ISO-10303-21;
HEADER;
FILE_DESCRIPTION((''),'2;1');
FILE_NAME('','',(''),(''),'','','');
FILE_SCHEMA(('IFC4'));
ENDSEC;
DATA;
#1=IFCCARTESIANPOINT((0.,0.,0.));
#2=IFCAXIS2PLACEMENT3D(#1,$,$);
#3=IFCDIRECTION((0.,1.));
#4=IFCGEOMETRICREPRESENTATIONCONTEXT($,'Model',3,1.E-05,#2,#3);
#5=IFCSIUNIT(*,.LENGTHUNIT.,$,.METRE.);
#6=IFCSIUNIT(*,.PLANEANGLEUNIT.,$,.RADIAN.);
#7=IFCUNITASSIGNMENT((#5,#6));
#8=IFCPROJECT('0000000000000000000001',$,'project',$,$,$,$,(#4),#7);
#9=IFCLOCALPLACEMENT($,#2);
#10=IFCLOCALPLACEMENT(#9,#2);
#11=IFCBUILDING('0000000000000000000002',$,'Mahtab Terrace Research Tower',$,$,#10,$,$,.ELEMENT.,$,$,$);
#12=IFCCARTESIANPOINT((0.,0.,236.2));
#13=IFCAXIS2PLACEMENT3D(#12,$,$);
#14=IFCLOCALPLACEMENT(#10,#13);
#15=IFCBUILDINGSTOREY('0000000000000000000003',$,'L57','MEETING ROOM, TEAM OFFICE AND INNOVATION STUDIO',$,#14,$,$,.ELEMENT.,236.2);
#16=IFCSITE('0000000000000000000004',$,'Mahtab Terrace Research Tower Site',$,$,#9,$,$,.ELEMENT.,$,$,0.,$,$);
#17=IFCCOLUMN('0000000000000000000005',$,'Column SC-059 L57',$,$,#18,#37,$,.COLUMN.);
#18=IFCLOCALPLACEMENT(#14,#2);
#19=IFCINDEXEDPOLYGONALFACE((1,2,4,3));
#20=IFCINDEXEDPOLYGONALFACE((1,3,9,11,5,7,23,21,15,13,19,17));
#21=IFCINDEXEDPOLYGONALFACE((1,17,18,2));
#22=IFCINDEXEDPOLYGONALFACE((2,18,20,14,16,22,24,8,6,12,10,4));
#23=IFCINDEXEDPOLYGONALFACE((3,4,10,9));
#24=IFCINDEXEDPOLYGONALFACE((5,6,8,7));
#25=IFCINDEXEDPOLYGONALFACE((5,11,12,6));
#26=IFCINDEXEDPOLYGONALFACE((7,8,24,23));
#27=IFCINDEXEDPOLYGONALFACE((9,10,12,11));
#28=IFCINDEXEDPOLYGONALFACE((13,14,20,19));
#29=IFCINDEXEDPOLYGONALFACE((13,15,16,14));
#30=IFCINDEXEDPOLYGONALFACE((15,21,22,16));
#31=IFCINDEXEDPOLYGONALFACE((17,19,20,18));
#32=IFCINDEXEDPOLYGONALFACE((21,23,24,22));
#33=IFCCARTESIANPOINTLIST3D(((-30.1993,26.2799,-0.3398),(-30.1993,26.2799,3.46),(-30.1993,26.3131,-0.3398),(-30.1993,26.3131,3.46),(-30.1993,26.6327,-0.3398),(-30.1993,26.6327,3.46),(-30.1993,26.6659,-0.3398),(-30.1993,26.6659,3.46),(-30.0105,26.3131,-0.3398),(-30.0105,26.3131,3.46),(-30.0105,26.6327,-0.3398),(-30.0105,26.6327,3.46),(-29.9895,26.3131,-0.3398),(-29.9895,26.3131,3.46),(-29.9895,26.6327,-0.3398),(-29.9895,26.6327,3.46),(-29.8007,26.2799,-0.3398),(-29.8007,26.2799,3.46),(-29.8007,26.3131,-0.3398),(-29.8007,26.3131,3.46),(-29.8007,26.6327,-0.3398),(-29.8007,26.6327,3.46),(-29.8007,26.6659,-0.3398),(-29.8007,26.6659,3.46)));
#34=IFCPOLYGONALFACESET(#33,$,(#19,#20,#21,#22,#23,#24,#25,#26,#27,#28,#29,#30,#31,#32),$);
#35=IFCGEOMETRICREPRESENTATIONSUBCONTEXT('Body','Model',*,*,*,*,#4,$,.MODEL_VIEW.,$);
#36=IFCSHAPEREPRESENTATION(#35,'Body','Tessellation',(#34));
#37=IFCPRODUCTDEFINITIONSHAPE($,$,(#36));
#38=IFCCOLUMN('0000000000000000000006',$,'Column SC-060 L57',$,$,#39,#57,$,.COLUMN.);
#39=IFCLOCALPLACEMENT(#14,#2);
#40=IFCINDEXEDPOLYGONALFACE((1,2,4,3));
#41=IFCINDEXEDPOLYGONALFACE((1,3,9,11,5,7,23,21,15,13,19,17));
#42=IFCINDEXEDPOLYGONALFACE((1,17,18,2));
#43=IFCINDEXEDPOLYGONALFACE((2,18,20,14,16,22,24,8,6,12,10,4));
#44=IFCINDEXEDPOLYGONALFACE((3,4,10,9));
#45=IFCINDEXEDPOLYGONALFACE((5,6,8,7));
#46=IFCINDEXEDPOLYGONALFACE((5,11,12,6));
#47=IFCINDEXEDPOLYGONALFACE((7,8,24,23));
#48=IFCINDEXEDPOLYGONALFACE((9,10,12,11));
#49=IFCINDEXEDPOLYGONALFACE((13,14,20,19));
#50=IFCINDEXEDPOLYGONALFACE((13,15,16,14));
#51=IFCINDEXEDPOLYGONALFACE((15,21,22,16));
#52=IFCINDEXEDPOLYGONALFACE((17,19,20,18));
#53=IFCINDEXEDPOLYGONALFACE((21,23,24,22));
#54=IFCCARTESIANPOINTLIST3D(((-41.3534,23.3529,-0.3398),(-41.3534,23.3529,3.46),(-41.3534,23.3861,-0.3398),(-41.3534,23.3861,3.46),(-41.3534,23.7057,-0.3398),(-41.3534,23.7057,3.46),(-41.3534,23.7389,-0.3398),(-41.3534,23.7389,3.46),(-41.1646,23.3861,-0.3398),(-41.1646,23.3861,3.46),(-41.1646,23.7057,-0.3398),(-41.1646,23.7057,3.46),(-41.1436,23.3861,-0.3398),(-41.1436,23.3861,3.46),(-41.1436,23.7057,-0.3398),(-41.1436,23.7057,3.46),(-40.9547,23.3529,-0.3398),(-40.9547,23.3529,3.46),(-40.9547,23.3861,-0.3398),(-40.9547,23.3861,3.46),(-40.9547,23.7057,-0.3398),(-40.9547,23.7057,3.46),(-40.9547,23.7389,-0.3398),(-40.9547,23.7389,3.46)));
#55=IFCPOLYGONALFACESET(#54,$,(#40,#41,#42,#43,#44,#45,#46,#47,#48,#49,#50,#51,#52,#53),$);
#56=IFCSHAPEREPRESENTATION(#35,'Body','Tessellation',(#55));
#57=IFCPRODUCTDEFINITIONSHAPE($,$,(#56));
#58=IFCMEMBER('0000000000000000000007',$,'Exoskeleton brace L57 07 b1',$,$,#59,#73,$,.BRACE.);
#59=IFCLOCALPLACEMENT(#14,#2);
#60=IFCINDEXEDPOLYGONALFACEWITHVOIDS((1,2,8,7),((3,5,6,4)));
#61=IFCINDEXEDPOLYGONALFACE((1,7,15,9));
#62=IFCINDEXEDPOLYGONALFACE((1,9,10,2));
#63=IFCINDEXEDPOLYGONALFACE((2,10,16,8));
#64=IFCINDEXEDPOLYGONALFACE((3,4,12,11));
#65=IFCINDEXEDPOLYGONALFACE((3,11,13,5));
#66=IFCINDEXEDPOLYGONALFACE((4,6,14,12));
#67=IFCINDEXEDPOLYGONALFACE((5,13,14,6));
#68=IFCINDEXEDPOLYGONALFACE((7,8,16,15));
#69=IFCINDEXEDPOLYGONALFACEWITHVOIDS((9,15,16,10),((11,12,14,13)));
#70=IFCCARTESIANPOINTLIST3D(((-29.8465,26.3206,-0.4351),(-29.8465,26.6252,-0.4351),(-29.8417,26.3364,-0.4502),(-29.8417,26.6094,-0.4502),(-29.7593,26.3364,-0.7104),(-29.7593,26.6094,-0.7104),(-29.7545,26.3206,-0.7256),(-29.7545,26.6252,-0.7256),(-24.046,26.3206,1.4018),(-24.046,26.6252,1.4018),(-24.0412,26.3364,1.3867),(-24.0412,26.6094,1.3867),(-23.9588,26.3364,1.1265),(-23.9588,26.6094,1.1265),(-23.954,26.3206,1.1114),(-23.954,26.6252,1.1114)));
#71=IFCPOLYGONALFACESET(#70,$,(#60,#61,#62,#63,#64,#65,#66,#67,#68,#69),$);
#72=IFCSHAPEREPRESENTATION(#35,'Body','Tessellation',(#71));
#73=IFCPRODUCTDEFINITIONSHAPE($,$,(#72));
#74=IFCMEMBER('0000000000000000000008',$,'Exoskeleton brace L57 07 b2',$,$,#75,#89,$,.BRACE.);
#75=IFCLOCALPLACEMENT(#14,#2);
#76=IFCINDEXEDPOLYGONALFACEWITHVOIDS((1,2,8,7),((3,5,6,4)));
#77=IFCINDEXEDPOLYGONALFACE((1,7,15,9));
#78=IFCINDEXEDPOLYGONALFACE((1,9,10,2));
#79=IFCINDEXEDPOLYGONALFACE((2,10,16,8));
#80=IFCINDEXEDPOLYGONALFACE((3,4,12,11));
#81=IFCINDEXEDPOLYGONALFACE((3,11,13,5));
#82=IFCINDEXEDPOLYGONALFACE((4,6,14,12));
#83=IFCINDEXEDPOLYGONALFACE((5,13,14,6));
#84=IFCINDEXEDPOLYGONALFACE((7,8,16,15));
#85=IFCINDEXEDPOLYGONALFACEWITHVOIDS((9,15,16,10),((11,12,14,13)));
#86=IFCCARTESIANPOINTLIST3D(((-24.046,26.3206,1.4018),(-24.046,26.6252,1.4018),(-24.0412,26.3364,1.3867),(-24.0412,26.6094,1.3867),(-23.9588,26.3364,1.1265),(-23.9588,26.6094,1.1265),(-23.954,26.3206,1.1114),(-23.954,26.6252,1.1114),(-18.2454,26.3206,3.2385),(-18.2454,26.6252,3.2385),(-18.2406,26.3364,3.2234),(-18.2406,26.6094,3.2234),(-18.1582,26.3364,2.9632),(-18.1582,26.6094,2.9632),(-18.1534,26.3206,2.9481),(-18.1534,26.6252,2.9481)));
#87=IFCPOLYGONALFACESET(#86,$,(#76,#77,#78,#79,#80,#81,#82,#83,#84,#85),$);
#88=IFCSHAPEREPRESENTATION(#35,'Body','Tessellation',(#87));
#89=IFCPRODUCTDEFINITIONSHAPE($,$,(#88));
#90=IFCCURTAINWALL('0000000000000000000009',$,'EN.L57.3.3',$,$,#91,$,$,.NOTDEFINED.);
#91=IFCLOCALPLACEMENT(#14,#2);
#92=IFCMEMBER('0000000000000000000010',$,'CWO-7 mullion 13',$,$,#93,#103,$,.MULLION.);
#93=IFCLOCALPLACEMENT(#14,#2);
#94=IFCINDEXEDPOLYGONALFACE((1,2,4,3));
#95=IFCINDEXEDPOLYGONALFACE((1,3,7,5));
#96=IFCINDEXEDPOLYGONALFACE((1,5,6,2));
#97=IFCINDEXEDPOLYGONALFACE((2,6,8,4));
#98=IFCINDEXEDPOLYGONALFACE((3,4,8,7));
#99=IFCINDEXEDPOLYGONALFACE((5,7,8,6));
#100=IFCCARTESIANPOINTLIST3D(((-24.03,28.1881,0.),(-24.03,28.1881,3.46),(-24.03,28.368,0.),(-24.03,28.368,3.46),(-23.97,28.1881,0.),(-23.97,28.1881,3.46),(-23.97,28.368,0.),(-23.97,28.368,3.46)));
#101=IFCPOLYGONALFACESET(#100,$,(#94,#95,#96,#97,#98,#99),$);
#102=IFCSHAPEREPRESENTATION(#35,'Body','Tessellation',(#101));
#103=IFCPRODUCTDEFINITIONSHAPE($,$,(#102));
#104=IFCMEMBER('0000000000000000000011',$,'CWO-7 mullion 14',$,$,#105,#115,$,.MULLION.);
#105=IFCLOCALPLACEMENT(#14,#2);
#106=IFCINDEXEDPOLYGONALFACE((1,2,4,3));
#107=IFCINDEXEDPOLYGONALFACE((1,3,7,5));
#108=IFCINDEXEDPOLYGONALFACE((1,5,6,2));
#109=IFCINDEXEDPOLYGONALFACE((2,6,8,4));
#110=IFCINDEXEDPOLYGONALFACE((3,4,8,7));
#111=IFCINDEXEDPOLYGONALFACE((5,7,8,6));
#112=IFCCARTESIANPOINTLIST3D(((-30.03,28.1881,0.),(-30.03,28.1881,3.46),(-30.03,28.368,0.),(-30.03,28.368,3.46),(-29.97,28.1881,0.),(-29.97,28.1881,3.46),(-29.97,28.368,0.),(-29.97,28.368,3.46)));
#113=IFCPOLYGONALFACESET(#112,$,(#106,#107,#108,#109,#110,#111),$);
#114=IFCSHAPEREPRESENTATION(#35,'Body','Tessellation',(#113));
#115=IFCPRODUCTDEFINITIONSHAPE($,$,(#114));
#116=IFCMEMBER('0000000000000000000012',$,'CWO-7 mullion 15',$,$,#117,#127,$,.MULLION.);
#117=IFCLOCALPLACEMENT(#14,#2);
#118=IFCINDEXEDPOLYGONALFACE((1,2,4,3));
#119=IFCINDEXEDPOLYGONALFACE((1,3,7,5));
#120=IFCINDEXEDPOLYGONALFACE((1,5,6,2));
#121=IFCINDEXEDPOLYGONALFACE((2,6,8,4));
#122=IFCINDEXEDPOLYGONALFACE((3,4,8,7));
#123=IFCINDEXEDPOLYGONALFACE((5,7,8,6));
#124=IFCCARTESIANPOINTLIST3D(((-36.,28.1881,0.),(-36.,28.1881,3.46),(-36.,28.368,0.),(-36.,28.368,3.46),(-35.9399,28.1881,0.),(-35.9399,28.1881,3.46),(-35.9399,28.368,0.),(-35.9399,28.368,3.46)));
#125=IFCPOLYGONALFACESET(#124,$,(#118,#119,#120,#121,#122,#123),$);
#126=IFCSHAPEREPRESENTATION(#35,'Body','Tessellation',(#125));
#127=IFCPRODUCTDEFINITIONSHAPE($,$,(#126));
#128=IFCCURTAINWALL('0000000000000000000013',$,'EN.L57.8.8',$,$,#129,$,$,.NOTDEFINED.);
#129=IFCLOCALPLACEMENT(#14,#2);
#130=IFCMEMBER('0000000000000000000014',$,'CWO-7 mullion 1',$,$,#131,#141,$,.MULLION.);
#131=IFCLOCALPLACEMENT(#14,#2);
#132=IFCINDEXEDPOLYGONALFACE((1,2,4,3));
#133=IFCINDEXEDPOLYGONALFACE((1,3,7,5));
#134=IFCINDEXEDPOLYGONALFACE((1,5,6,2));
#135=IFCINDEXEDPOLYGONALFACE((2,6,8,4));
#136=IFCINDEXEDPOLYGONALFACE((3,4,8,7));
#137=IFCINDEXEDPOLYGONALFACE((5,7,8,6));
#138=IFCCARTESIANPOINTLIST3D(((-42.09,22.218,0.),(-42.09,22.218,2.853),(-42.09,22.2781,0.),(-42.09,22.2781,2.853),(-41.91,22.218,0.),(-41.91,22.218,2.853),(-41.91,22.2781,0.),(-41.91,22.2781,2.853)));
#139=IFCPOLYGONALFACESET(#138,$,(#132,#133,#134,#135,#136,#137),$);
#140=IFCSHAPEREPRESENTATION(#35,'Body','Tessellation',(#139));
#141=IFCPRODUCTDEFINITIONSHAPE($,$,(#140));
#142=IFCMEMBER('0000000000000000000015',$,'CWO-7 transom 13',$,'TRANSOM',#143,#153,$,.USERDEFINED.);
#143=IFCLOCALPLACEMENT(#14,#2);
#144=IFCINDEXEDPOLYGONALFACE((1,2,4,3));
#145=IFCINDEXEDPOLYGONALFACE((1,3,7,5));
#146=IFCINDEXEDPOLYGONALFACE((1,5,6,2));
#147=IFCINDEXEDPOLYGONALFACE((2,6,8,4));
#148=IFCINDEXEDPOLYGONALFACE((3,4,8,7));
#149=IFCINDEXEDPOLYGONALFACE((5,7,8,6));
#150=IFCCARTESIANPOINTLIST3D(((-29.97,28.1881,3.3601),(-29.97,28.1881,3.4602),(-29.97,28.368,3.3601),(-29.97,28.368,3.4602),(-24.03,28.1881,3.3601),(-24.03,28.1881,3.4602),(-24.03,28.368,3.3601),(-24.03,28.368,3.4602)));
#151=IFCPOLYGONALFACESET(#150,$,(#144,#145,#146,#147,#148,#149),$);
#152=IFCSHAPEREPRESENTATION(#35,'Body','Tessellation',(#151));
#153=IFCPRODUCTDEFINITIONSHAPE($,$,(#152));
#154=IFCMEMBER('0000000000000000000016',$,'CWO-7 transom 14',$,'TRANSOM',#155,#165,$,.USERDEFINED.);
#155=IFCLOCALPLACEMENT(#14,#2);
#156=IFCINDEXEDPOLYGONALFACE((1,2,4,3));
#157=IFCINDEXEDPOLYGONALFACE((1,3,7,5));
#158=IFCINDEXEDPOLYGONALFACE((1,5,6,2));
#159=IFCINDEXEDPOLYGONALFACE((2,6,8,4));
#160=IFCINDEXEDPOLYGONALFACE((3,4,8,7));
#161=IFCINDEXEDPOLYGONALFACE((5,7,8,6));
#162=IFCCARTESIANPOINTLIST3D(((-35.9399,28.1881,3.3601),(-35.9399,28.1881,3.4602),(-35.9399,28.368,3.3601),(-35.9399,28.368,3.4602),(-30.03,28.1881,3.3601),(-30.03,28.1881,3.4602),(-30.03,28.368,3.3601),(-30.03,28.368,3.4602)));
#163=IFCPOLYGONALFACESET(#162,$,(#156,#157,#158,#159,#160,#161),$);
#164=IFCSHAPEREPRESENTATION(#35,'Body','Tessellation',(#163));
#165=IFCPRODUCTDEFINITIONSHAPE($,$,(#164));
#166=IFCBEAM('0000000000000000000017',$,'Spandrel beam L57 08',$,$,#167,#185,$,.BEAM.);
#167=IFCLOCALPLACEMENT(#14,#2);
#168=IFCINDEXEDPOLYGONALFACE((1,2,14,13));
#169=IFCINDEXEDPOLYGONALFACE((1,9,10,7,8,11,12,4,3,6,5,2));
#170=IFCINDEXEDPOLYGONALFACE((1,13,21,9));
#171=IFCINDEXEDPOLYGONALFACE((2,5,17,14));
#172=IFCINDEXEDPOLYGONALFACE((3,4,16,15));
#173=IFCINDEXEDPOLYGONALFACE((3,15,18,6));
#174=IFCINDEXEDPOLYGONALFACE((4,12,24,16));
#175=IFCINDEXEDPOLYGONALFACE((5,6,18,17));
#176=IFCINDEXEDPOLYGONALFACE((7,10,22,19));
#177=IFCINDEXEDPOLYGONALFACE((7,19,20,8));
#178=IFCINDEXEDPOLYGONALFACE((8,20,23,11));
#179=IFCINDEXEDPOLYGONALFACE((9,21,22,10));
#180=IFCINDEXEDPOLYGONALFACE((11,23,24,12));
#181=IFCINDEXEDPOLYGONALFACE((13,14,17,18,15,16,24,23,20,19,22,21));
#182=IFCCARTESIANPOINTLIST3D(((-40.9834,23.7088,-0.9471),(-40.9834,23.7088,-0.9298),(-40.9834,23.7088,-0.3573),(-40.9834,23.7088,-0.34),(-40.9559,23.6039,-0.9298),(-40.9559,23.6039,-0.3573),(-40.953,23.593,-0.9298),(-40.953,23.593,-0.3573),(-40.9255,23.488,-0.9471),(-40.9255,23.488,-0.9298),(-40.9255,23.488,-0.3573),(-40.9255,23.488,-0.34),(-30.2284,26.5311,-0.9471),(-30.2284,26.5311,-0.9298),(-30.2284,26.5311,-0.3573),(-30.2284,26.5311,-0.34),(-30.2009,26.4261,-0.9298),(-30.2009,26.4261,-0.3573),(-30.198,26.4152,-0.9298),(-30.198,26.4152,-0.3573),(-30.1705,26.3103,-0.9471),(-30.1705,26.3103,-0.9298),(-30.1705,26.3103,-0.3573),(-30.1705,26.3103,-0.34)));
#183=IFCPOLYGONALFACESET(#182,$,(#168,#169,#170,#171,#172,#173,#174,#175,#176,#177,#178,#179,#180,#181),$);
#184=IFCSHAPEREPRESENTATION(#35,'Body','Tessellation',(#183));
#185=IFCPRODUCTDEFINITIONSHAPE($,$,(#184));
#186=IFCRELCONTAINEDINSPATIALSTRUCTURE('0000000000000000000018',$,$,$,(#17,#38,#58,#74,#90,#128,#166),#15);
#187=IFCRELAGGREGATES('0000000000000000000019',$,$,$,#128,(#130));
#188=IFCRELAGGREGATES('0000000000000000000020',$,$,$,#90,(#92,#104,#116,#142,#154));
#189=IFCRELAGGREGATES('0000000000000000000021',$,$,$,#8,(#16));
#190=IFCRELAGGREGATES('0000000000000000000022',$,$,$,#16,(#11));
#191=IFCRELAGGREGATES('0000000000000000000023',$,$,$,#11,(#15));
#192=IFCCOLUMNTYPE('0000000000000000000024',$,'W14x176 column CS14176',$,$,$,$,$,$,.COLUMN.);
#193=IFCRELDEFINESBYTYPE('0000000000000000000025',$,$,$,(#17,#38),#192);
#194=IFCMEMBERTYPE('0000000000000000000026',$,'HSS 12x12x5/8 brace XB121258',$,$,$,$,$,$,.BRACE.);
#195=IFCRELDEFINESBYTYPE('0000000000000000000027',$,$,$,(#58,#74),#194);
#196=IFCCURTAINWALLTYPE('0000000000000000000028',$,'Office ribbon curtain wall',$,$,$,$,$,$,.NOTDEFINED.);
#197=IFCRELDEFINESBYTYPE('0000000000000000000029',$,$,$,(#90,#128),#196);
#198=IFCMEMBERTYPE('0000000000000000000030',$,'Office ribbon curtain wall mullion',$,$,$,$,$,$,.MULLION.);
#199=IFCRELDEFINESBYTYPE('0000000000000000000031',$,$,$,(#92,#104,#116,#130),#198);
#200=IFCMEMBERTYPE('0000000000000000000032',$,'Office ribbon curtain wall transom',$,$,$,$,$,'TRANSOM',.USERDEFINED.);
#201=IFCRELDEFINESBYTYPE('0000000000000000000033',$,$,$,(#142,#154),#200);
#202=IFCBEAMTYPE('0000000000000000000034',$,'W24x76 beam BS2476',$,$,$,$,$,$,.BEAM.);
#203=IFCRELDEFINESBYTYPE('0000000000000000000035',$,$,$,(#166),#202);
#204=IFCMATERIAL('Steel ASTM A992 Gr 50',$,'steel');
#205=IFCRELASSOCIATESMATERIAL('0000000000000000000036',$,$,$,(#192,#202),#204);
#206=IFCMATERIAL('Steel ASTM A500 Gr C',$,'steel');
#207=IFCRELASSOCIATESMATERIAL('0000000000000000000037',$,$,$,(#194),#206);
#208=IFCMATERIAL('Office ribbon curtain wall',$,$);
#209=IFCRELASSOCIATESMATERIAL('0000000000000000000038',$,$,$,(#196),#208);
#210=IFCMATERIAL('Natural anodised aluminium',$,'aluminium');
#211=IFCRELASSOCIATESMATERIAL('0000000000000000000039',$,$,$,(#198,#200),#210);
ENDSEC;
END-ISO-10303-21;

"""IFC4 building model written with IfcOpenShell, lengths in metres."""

from ifc_helpers import new_model, si_unit, direction, frame, origin, origin_2d, place, context, subcontext, project, spatial, rectangle, hollow_rectangle, i_section, extrude, material, material_profile, profile_set, type_object, element, aggregate, save


model = new_model("IFC4")

# Units and contexts
model_context = context("Model", 3, precision=1e-05, world=origin(), true_north=direction((0.0, 1.0)))
body_context = subcontext(model_context, "Body", "Model", "MODEL_VIEW")
ifc_project = project(units=[si_unit("LENGTHUNIT", "METRE"), si_unit("PLANEANGLEUNIT", "RADIAN")], contexts=[model_context])

# Site, building, storey
site_placement = place(None, origin())
site = spatial("IfcSite", under=ifc_project, at=site_placement, Name="Mahtab Terrace Research Tower Site", CompositionType="ELEMENT", RefElevation=0.0)
building_placement = place(site_placement, origin())
building = spatial("IfcBuilding", under=site, at=building_placement, Name="Mahtab Terrace Research Tower", CompositionType="ELEMENT")
storey_placement = place(building_placement, frame((0.0, 0.0, 236.2)))
storey = spatial("IfcBuildingStorey", under=building, at=storey_placement, Name="L57", Description="MEETING ROOM, TEAM OFFICE AND INNOVATION STUDIO", CompositionType="ELEMENT", Elevation=236.2)

# Columns
ifc_material_1 = material(Name="Steel ASTM A992 Gr 50", Category="steel")
ifc_material_profile_1 = material_profile(ifc_material_1, i_section(OverallWidth=0.3987, OverallDepth=0.386, WebThickness=0.021, FlangeThickness=0.0332, at=origin_2d()), Name="W14X176")
ifc_profile_set_1 = profile_set([ifc_material_profile_1], Name="Steel ASTM A992 Gr 50")
column_type = type_object("IfcColumnType", Name="W14x176 column CS14176", PredefinedType="COLUMN", material=ifc_profile_set_1)
for number, where, z_axis, x_axis, name in (
    (1, (-30.0, 26.4729, -0.3398), (0.0, 0.0, 1.0), (1.0, 0.0, 0.0), "Column SC-059 L57"),
    (2, (-41.1541, 23.5459, -0.3398), (0.0, 0.0, 1.0), (1.0, 0.0, 0.0), "Column SC-060 L57"),
):
    element("IfcColumn", number, at=place(storey_placement, frame(where, z_axis=z_axis, x_axis=x_axis)), inside=storey, type_object=column_type, Name=name, PredefinedType="COLUMN", context=body_context, shape_type="SweptSolid", body=[
        extrude(i_section(OverallWidth=0.3987, OverallDepth=0.386, WebThickness=0.021, FlangeThickness=0.0332, at=origin_2d()), origin(), (0.0, 0.0, 1.0), 3.7998),
    ])

# Members
ifc_material_2 = material(Name="Steel ASTM A500 Gr C", Category="steel")
ifc_material_profile_2 = material_profile(ifc_material_2, hollow_rectangle(XDim=0.3047, YDim=0.3047, WallThickness=0.0159, at=origin_2d()), Name="HSS12X12X5/8")
ifc_profile_set_2 = profile_set([ifc_material_profile_2], Name="Steel ASTM A500 Gr C")
member_type_1 = type_object("IfcMemberType", Name="HSS 12x12x5/8 brace XB121258", PredefinedType="BRACE", material=ifc_profile_set_2)
for number, where, z_axis, x_axis, name in (
    (3, (-29.8005, 26.4729, -0.5803), (0.953339, 0.0, 0.301903), (0.0, 1.0, 0.0), "Exoskeleton brace L57 07 b1"),
    (4, (-24.0, 26.4729, 1.2566), (0.95335, 0.0, 0.301867), (0.0, 1.0, 0.0), "Exoskeleton brace L57 07 b2"),
):
    element("IfcMember", number, at=place(storey_placement, frame(where, z_axis=z_axis, x_axis=x_axis)), inside=storey, type_object=member_type_1, Name=name, PredefinedType="BRACE", context=body_context, shape_type="SweptSolid", body=[
        extrude(hollow_rectangle(XDim=0.3047, YDim=0.3047, WallThickness=0.0159, at=origin_2d()), origin(), (0.0, 0.0, 1.0), 6.0845),
    ])

# Curtain wall, members
ifc_material_3 = material(Name="Office ribbon curtain wall")
curtain_wall_type = type_object("IfcCurtainWallType", Name="Office ribbon curtain wall", PredefinedType="NOTDEFINED", material=ifc_material_3)
curtain_wall_1_placement = place(storey_placement, origin())
curtain_wall_1 = element("IfcCurtainWall", 5, at=curtain_wall_1_placement, inside=storey, type_object=curtain_wall_type, Name="EN.L57.3.3", PredefinedType="NOTDEFINED")
ifc_material_4 = material(Name="Natural anodised aluminium", Category="aluminium")
ifc_material_profile_3 = material_profile(ifc_material_4, rectangle(XDim=0.1799, YDim=0.0601, at=origin_2d()), Name="MULLION 60x180")
ifc_profile_set_3 = profile_set([ifc_material_profile_3], Name="Natural anodised aluminium")
member_type_2 = type_object("IfcMemberType", Name="Office ribbon curtain wall mullion", PredefinedType="MULLION", material=ifc_profile_set_3)
member_1_placement = place(storey_placement, frame((-24.0, 28.2781, 0.0), z_axis=(0.0, 0.0, 1.0), x_axis=(0.0, -1.0, 0.0)))
member_1 = element("IfcMember", 6, at=member_1_placement, type_object=member_type_2, Name="CWO-7 mullion 13", PredefinedType="MULLION", context=body_context, shape_type="SweptSolid", body=[
    extrude(rectangle(XDim=0.1799, YDim=0.0601, at=origin_2d()), origin(), (0.0, 0.0, 1.0), 3.46),
])
member_2_placement = place(storey_placement, frame((-30.0, 28.2781, 0.0), z_axis=(0.0, 0.0, 1.0), x_axis=(0.0, -1.0, 0.0)))
member_2 = element("IfcMember", 7, at=member_2_placement, type_object=member_type_2, Name="CWO-7 mullion 14", PredefinedType="MULLION", context=body_context, shape_type="SweptSolid", body=[
    extrude(rectangle(XDim=0.1799, YDim=0.0601, at=origin_2d()), origin(), (0.0, 0.0, 1.0), 3.46),
])
member_3_placement = place(storey_placement, frame((-35.97, 28.2781, 0.0), z_axis=(0.0, 0.0, 1.0), x_axis=(0.0, -1.0, 0.0)))
member_3 = element("IfcMember", 8, at=member_3_placement, type_object=member_type_2, Name="CWO-7 mullion 15", PredefinedType="MULLION", context=body_context, shape_type="SweptSolid", body=[
    extrude(rectangle(XDim=0.1799, YDim=0.0601, at=origin_2d()), origin(), (0.0, 0.0, 1.0), 3.46),
])

# Curtain wall, member
curtain_wall_2_placement = place(storey_placement, origin())
curtain_wall_2 = element("IfcCurtainWall", 9, at=curtain_wall_2_placement, inside=storey, type_object=curtain_wall_type, Name="EN.L57.8.8", PredefinedType="NOTDEFINED")
member_4_placement = place(storey_placement, frame((-42.0, 22.248, 0.0), z_axis=(0.0, 0.0, 1.0), x_axis=(1.0, 0.0, 0.0)))
member_4 = element("IfcMember", 10, at=member_4_placement, type_object=member_type_2, Name="CWO-7 mullion 1", PredefinedType="MULLION", context=body_context, shape_type="SweptSolid", body=[
    extrude(rectangle(XDim=0.1799, YDim=0.0601, at=origin_2d()), origin(), (0.0, 0.0, 1.0), 2.853),
])
aggregate(curtain_wall_2, [member_4])

# Members
ifc_material_profile_4 = material_profile(ifc_material_4, rectangle(XDim=0.1799, YDim=0.1001, at=origin_2d()), Name="TRANSOM 100x180")
ifc_profile_set_4 = profile_set([ifc_material_profile_4], Name="Natural anodised aluminium")
member_type_3 = type_object("IfcMemberType", Name="Office ribbon curtain wall transom", ElementType="TRANSOM", PredefinedType="USERDEFINED", material=ifc_profile_set_4)
member_5_placement = place(storey_placement, frame((-24.03, 28.2781, 3.4102), z_axis=(-1.0, 0.0, 0.0), x_axis=(0.0, -1.0, 0.0)))
member_5 = element("IfcMember", 11, at=member_5_placement, type_object=member_type_3, Name="CWO-7 transom 13", ObjectType="TRANSOM", PredefinedType="USERDEFINED", context=body_context, shape_type="SweptSolid", body=[
    extrude(rectangle(XDim=0.1799, YDim=0.1001, at=origin_2d()), origin(), (0.0, 0.0, 1.0), 5.9399),
])
member_6_placement = place(storey_placement, frame((-30.03, 28.2781, 3.4102), z_axis=(-1.0, 0.0, 0.0), x_axis=(0.0, -1.0, 0.0)))
member_6 = element("IfcMember", 12, at=member_6_placement, type_object=member_type_3, Name="CWO-7 transom 14", ObjectType="TRANSOM", PredefinedType="USERDEFINED", context=body_context, shape_type="SweptSolid", body=[
    extrude(rectangle(XDim=0.1799, YDim=0.1001, at=origin_2d()), origin(), (0.0, 0.0, 1.0), 5.9099),
])

# Beam
ifc_material_profile_5 = material_profile(ifc_material_1, i_section(OverallWidth=0.2283, OverallDepth=0.6072, WebThickness=0.0112, FlangeThickness=0.0173, at=origin_2d()), Name="W24X76")
ifc_profile_set_5 = profile_set([ifc_material_profile_5], Name="Steel ASTM A992 Gr 50")
beam_type = type_object("IfcBeamType", Name="W24x76 beam BS2476", PredefinedType="BEAM", material=ifc_profile_set_5)
beam_1_placement = place(storey_placement, frame((-30.1995, 26.4207, -0.6436), z_axis=(-0.967252, -0.253818, 0.0), x_axis=(0.253818, -0.967252, 0.0)))
element("IfcBeam", 13, at=beam_1_placement, inside=storey, type_object=beam_type, Name="Spandrel beam L57 08", PredefinedType="BEAM", context=body_context, shape_type="SweptSolid", body=[
    extrude(i_section(OverallWidth=0.2283, OverallDepth=0.6072, WebThickness=0.0112, FlangeThickness=0.0173, at=origin_2d()), origin(), (0.0, 0.0, 1.0), 11.1191),
])

aggregate(curtain_wall_1, [member_1, member_2, member_3, member_5, member_6])

save(model, "model.ifc")
